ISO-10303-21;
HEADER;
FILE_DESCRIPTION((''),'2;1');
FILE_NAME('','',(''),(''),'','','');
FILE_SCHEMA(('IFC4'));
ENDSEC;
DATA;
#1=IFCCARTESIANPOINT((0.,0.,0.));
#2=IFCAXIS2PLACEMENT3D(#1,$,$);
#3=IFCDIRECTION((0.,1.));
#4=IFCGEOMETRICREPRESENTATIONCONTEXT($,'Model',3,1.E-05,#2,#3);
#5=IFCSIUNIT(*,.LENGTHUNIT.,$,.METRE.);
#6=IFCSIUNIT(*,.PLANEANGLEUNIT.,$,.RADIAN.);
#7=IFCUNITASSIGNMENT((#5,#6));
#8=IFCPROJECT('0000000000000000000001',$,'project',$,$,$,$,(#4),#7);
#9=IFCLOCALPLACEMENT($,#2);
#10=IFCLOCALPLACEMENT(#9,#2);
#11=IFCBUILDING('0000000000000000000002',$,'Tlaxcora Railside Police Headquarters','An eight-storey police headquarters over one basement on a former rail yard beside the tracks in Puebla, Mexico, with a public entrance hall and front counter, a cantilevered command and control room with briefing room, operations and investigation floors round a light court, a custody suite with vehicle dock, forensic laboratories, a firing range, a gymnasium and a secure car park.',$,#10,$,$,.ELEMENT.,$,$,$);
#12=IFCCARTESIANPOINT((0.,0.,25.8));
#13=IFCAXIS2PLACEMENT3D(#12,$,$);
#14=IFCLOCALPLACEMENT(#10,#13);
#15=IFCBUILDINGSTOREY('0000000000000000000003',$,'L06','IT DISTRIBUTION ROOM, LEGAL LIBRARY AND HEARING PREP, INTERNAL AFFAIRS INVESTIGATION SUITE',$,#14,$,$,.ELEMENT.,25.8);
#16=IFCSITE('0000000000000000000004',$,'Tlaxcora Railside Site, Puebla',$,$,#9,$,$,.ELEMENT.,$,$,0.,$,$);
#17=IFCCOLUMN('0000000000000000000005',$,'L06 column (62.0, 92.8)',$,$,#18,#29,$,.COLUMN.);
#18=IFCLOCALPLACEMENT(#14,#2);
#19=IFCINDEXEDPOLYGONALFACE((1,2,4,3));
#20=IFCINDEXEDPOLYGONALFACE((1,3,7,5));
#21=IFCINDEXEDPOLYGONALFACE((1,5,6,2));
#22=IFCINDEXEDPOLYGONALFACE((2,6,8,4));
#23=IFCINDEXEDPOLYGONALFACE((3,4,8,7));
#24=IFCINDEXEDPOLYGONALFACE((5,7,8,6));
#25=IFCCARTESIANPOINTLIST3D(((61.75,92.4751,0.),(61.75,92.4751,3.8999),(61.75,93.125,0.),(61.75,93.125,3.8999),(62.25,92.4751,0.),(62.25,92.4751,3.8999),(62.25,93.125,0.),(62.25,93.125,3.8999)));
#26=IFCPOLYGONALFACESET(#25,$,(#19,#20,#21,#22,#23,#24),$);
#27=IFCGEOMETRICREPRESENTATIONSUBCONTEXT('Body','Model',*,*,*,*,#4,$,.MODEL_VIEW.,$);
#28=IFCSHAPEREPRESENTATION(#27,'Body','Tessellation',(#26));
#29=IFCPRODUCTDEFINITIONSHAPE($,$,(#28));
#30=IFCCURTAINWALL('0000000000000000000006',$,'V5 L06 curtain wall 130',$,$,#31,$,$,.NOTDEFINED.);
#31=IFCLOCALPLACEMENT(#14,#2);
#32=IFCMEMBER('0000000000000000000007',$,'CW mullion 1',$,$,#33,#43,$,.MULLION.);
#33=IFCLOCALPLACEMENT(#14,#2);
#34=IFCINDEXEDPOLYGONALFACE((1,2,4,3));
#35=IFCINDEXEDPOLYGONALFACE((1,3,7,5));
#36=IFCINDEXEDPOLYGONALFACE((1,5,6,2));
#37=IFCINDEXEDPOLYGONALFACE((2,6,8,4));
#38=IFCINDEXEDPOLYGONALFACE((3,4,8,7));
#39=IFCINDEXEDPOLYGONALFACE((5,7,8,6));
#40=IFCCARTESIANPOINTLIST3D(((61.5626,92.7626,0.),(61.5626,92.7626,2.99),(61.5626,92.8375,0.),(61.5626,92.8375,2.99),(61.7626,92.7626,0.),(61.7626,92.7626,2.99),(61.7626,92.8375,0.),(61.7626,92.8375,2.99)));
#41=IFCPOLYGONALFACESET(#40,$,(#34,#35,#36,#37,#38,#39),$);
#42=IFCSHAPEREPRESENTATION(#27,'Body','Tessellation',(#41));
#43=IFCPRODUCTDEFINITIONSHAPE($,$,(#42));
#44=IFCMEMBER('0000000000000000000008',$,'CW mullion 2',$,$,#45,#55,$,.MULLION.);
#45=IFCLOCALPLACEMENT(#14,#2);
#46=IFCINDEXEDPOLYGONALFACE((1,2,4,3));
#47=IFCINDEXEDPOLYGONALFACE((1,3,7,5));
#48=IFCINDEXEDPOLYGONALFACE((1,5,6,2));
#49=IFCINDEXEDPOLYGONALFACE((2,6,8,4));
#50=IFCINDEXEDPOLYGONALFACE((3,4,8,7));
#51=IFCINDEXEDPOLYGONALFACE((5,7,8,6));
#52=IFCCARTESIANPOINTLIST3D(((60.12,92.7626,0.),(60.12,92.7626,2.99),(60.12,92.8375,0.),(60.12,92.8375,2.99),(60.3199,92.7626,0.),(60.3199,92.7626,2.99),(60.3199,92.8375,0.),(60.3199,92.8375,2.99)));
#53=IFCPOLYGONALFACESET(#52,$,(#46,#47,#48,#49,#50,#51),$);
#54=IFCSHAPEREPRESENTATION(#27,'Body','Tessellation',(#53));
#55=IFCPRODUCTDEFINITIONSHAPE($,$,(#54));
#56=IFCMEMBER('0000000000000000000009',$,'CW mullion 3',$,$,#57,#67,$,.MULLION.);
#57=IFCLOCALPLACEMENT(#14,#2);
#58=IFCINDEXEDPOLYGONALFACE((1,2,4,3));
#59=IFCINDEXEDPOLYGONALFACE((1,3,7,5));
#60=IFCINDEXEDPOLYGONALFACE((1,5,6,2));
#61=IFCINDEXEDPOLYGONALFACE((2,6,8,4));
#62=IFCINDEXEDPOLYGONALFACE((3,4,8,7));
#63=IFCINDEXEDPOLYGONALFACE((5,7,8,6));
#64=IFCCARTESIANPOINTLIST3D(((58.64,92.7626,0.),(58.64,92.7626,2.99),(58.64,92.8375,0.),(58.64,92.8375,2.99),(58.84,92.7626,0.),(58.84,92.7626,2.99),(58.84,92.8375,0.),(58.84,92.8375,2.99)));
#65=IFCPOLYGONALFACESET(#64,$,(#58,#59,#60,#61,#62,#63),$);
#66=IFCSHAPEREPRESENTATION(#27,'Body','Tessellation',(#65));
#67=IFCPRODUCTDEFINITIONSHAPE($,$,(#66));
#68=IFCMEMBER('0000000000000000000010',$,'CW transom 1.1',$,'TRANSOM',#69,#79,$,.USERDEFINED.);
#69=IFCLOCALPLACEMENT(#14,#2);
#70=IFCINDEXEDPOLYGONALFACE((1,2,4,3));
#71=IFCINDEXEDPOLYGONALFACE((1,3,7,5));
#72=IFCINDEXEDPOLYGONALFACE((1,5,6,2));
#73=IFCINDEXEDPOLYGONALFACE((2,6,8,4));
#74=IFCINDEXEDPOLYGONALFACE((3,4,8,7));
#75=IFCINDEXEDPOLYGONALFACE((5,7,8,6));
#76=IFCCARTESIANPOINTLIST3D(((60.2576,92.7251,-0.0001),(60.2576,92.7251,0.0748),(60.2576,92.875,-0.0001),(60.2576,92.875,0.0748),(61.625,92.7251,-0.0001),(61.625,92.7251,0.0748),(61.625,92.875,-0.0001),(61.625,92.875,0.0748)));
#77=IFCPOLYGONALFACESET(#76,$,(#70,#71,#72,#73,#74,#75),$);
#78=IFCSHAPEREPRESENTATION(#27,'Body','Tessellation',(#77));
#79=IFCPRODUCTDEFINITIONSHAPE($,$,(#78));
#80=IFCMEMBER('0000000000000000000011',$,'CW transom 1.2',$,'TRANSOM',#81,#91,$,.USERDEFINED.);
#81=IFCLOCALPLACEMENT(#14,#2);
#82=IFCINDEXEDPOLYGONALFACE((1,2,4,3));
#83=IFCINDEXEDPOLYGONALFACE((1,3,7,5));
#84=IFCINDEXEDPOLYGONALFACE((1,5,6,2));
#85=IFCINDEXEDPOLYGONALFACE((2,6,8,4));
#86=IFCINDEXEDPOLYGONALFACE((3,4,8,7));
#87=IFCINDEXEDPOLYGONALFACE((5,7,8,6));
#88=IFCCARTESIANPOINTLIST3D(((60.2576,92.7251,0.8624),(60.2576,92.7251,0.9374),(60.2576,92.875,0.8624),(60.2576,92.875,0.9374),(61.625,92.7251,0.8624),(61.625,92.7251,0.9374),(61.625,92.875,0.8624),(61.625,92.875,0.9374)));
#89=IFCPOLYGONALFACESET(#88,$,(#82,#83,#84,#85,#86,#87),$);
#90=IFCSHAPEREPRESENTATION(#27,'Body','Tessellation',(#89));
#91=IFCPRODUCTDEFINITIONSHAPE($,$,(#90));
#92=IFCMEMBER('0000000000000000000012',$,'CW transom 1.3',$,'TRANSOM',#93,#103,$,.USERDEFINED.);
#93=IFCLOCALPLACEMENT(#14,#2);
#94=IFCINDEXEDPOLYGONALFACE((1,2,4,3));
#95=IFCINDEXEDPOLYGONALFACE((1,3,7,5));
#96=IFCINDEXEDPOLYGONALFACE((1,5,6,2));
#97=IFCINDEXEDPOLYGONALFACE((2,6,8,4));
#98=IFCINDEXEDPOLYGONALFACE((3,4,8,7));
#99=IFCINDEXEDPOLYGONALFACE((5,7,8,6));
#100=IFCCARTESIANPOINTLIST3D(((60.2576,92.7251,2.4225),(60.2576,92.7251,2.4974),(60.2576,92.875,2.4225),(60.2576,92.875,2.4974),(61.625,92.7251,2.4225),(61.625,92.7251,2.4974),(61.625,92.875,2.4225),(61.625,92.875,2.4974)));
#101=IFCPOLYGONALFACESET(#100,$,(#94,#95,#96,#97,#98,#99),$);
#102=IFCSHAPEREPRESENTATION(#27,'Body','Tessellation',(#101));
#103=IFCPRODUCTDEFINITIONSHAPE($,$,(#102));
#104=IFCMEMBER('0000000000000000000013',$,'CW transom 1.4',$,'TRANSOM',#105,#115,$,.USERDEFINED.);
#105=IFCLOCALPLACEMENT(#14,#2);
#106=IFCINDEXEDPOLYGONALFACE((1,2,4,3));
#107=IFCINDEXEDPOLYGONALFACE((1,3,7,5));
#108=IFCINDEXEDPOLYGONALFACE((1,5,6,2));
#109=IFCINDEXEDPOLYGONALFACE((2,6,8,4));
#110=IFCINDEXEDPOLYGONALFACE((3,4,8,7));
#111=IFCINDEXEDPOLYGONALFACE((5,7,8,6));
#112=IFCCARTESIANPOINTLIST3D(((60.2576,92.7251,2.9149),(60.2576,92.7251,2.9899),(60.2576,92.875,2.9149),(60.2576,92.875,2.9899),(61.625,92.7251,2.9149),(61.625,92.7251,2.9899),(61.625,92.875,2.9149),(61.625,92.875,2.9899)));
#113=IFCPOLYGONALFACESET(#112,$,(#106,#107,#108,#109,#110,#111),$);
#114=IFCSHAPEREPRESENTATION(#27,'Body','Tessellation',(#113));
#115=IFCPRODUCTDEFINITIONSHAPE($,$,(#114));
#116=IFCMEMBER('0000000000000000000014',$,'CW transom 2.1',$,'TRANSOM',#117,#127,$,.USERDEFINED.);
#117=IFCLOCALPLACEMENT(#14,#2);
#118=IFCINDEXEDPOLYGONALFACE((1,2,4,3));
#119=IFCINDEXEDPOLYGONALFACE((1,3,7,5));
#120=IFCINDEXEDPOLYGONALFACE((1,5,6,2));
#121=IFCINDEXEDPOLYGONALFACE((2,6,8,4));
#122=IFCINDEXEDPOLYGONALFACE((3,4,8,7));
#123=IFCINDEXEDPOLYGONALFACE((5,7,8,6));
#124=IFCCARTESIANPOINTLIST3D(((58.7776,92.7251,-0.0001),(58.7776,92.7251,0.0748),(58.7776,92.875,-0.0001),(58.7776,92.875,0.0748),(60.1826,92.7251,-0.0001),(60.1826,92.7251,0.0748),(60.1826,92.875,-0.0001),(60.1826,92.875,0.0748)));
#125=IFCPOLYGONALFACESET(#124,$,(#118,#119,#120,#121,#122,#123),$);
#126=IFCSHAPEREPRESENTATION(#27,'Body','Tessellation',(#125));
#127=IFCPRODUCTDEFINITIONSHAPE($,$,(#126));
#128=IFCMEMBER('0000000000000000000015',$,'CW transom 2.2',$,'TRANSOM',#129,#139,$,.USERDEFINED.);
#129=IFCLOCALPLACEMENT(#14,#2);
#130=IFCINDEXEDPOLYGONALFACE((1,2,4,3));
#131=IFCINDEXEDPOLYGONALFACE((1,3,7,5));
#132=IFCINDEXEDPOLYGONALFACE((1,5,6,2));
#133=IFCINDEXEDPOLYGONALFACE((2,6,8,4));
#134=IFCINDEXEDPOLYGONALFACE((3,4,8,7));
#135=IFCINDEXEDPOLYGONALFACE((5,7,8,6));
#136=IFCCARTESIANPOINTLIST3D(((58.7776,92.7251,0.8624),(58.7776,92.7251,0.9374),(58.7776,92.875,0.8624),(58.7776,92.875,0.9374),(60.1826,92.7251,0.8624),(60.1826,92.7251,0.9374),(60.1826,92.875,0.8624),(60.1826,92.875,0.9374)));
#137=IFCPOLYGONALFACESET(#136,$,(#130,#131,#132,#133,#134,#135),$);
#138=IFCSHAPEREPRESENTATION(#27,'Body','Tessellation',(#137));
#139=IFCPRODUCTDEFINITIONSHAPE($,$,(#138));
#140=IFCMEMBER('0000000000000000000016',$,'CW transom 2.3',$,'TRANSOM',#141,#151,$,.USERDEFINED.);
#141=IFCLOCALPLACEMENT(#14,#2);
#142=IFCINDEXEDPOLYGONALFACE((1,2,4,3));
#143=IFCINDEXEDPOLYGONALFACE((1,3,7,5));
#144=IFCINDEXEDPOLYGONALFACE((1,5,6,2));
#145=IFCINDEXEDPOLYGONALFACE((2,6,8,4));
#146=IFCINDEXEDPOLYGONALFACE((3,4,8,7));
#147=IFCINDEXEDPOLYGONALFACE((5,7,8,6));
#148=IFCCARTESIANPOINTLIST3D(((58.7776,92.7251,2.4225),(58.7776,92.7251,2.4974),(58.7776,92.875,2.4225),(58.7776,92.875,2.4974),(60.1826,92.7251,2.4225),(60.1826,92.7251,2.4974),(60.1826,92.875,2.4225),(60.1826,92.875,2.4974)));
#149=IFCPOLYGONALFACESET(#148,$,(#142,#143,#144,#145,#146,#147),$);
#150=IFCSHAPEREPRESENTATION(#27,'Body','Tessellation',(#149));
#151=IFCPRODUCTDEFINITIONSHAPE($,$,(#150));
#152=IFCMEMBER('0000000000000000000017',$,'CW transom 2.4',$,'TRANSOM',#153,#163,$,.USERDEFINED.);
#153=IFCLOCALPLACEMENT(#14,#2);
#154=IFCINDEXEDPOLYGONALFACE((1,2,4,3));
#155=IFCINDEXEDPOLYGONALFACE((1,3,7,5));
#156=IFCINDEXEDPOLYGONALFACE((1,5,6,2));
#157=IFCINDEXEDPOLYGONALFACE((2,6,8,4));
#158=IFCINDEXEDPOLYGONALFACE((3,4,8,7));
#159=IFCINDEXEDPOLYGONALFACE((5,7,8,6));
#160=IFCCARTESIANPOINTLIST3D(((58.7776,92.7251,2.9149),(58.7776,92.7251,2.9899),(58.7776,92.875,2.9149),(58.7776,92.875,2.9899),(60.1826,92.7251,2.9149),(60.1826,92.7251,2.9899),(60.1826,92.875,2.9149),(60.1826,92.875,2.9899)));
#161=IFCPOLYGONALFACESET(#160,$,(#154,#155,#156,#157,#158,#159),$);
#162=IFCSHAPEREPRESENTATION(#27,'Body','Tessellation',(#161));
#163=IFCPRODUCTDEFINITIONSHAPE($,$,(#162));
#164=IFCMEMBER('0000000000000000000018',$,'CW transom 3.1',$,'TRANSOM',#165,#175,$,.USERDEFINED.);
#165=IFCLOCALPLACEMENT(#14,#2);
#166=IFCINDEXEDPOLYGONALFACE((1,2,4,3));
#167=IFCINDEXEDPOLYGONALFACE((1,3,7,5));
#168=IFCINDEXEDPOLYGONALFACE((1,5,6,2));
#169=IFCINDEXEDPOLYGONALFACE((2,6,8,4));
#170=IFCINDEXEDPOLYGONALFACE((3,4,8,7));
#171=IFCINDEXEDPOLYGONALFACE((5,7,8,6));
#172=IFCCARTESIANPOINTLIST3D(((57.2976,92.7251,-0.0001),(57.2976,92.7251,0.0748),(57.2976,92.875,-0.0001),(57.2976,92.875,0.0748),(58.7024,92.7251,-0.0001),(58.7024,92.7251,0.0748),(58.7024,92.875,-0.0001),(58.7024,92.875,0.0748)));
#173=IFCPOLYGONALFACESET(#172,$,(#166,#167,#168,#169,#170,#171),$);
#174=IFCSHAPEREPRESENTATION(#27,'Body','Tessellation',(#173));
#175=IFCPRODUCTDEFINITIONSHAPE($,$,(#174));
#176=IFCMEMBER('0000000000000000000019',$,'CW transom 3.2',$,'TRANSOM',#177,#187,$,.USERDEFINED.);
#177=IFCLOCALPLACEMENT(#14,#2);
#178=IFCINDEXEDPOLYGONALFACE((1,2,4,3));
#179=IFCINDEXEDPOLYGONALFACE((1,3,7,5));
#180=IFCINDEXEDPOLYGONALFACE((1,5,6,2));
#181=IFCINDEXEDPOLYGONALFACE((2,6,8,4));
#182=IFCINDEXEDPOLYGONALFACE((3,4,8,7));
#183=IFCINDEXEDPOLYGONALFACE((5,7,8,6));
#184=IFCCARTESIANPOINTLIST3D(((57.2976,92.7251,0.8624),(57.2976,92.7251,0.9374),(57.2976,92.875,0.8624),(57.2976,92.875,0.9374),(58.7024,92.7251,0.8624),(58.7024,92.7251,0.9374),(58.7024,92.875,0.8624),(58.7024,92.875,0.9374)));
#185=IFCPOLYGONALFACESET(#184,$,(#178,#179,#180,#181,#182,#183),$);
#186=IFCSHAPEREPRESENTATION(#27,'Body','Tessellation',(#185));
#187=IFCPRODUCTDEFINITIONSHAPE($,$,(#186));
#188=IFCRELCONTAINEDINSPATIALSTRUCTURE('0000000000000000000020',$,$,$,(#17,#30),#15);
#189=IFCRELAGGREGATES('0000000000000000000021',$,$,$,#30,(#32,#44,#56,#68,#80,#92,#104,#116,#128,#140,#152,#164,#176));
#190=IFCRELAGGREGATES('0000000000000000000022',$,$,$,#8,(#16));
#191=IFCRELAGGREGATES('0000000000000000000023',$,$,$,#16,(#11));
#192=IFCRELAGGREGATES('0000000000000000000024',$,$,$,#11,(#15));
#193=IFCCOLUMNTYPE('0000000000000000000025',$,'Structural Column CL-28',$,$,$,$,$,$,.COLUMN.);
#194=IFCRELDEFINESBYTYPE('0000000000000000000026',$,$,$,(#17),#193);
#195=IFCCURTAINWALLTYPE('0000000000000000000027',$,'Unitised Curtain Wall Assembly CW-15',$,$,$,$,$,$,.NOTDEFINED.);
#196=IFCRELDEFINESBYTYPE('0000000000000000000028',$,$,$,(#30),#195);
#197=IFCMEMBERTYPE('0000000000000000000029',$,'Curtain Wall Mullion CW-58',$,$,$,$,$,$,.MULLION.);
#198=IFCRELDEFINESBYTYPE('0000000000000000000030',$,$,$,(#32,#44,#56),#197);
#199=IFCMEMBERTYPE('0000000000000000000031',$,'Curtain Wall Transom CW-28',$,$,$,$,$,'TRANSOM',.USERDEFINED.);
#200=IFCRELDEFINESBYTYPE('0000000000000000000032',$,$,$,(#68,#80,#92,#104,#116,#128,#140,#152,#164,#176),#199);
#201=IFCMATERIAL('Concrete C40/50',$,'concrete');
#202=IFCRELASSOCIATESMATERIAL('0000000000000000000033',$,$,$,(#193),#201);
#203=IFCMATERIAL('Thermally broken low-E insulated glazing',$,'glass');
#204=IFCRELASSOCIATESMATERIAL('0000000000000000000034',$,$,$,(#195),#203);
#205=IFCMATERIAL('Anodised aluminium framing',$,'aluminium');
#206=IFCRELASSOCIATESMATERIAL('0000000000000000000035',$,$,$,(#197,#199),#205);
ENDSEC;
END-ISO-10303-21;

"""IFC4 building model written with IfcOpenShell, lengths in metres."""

from ifc_helpers import new_model, si_unit, direction, frame, origin, origin_2d, place, context, subcontext, project, spatial, rectangle, extrude, material, material_profile, profile_set, type_object, element, aggregate, save


model = new_model("IFC4")

# Units and contexts
model_context = context("Model", 3, precision=1e-05, world=origin(), true_north=direction((0.0, 1.0)))
body_context = subcontext(model_context, "Body", "Model", "MODEL_VIEW")
ifc_project = project(units=[si_unit("LENGTHUNIT", "METRE"), si_unit("PLANEANGLEUNIT", "RADIAN")], contexts=[model_context])

# Site, building, storey
site_placement = place(None, origin())
site = spatial("IfcSite", under=ifc_project, at=site_placement, Name="Tlaxcora Railside Site, Puebla", CompositionType="ELEMENT", RefElevation=0.0)
building_placement = place(site_placement, origin())
building = spatial("IfcBuilding", under=site, at=building_placement, Name="Tlaxcora Railside Police Headquarters", Description="An eight-storey police headquarters over one basement on a former rail yard beside the tracks in Puebla, Mexico, with a public entrance hall and front counter, a cantilevered command and control room with briefing room, operations and investigation floors round a light court, a custody suite with vehicle dock, forensic laboratories, a firing range, a gymnasium and a secure car park.", CompositionType="ELEMENT")
storey_placement = place(building_placement, frame((0.0, 0.0, 25.8)))
storey = spatial("IfcBuildingStorey", under=building, at=storey_placement, Name="L06", Description="IT DISTRIBUTION ROOM, LEGAL LIBRARY AND HEARING PREP, INTERNAL AFFAIRS INVESTIGATION SUITE", CompositionType="ELEMENT", Elevation=25.8)

# Column
ifc_material_1 = material(Name="Concrete C40/50", Category="concrete")
ifc_material_profile_1 = material_profile(ifc_material_1, rectangle(XDim=0.5, YDim=0.6499, at=origin_2d()), Name="RC500X650")
ifc_profile_set_1 = profile_set([ifc_material_profile_1], Name="Concrete C40/50")
column_type = type_object("IfcColumnType", Name="Structural Column CL-28", PredefinedType="COLUMN", material=ifc_profile_set_1)
column_placement = place(storey_placement, frame((62.0, 92.8, 0.0), z_axis=(0.0, 0.0, 1.0), x_axis=(1.0, 0.0, 0.0)))
element("IfcColumn", 1, at=column_placement, inside=storey, type_object=column_type, Name="L06 column (62.0, 92.8)", PredefinedType="COLUMN", context=body_context, shape_type="SweptSolid", body=[
    extrude(rectangle(XDim=0.5, YDim=0.6499, at=origin_2d()), origin(), (0.0, 0.0, 1.0), 3.8999),
])

# Curtain wall, members
ifc_material_2 = material(Name="Thermally broken low-E insulated glazing", Category="glass")
curtain_wall_type = type_object("IfcCurtainWallType", Name="Unitised Curtain Wall Assembly CW-15", PredefinedType="NOTDEFINED", material=ifc_material_2)
curtain_wall_placement = place(storey_placement, origin())
curtain_wall = element("IfcCurtainWall", 2, at=curtain_wall_placement, inside=storey, type_object=curtain_wall_type, Name="V5 L06 curtain wall 130", PredefinedType="NOTDEFINED")
ifc_material_3 = material(Name="Anodised aluminium framing", Category="aluminium")
ifc_material_profile_2 = material_profile(ifc_material_3, rectangle(XDim=0.075, YDim=0.2, at=origin_2d()), Name="AL75X200")
ifc_profile_set_2 = profile_set([ifc_material_profile_2], Name="Anodised aluminium framing")
member_type_1 = type_object("IfcMemberType", Name="Curtain Wall Mullion CW-58", PredefinedType="MULLION", material=ifc_profile_set_2)
member_1_placement = place(storey_placement, frame((61.6626, 92.8, 0.0), z_axis=(0.0, 0.0, 1.0), x_axis=(0.0, -1.0, 0.0)))
member_1 = element("IfcMember", 3, at=member_1_placement, type_object=member_type_1, Name="CW mullion 1", PredefinedType="MULLION", context=body_context, shape_type="SweptSolid", body=[
    extrude(rectangle(XDim=0.075, YDim=0.2, at=origin_2d()), origin(), (0.0, 0.0, 1.0), 2.99),
])
member_2_placement = place(storey_placement, frame((60.22, 92.8, 0.0), z_axis=(0.0, 0.0, 1.0), x_axis=(0.0, -1.0, 0.0)))
member_2 = element("IfcMember", 4, at=member_2_placement, type_object=member_type_1, Name="CW mullion 2", PredefinedType="MULLION", context=body_context, shape_type="SweptSolid", body=[
    extrude(rectangle(XDim=0.075, YDim=0.2, at=origin_2d()), origin(), (0.0, 0.0, 1.0), 2.99),
])
member_3_placement = place(storey_placement, frame((58.74, 92.8, 0.0), z_axis=(0.0, 0.0, 1.0), x_axis=(0.0, -1.0, 0.0)))
member_3 = element("IfcMember", 5, at=member_3_placement, type_object=member_type_1, Name="CW mullion 3", PredefinedType="MULLION", context=body_context, shape_type="SweptSolid", body=[
    extrude(rectangle(XDim=0.075, YDim=0.2, at=origin_2d()), origin(), (0.0, 0.0, 1.0), 2.99),
])
ifc_material_profile_3 = material_profile(ifc_material_3, rectangle(XDim=0.1499, YDim=0.075, at=origin_2d()), Name="AL75X150")
ifc_profile_set_3 = profile_set([ifc_material_profile_3], Name="Anodised aluminium framing")
member_type_2 = type_object("IfcMemberType", Name="Curtain Wall Transom CW-28", ElementType="TRANSOM", PredefinedType="USERDEFINED", material=ifc_profile_set_3)
member_4_placement = place(storey_placement, frame((61.625, 92.8, 0.0374), z_axis=(-1.0, 0.0, 0.0), x_axis=(0.0, -1.0, 0.0)))
member_4 = element("IfcMember", 6, at=member_4_placement, type_object=member_type_2, Name="CW transom 1.1", ObjectType="TRANSOM", PredefinedType="USERDEFINED", context=body_context, shape_type="SweptSolid", body=[
    extrude(rectangle(XDim=0.1499, YDim=0.075, at=origin_2d()), origin(), (0.0, 0.0, 1.0), 1.3674),
])
member_5_placement = place(storey_placement, frame((61.625, 92.8, 0.8999), z_axis=(-1.0, 0.0, 0.0), x_axis=(0.0, -1.0, 0.0)))
member_5 = element("IfcMember", 7, at=member_5_placement, type_object=member_type_2, Name="CW transom 1.2", ObjectType="TRANSOM", PredefinedType="USERDEFINED", context=body_context, shape_type="SweptSolid", body=[
    extrude(rectangle(XDim=0.1499, YDim=0.075, at=origin_2d()), origin(), (0.0, 0.0, 1.0), 1.3674),
])
member_6_placement = place(storey_placement, frame((61.625, 92.8, 2.46), z_axis=(-1.0, 0.0, 0.0), x_axis=(0.0, -1.0, 0.0)))
member_6 = element("IfcMember", 8, at=member_6_placement, type_object=member_type_2, Name="CW transom 1.3", ObjectType="TRANSOM", PredefinedType="USERDEFINED", context=body_context, shape_type="SweptSolid", body=[
    extrude(rectangle(XDim=0.1499, YDim=0.075, at=origin_2d()), origin(), (0.0, 0.0, 1.0), 1.3674),
])
member_7_placement = place(storey_placement, frame((61.625, 92.8, 2.9524), z_axis=(-1.0, 0.0, 0.0), x_axis=(0.0, -1.0, 0.0)))
member_7 = element("IfcMember", 9, at=member_7_placement, type_object=member_type_2, Name="CW transom 1.4", ObjectType="TRANSOM", PredefinedType="USERDEFINED", context=body_context, shape_type="SweptSolid", body=[
    extrude(rectangle(XDim=0.1499, YDim=0.075, at=origin_2d()), origin(), (0.0, 0.0, 1.0), 1.3674),
])
member_8_placement = place(storey_placement, frame((60.1826, 92.8, 0.0374), z_axis=(-1.0, 0.0, 0.0), x_axis=(0.0, -1.0, 0.0)))
member_8 = element("IfcMember", 10, at=member_8_placement, type_object=member_type_2, Name="CW transom 2.1", ObjectType="TRANSOM", PredefinedType="USERDEFINED", context=body_context, shape_type="SweptSolid", body=[
    extrude(rectangle(XDim=0.1499, YDim=0.075, at=origin_2d()), origin(), (0.0, 0.0, 1.0), 1.405),
])
member_9_placement = place(storey_placement, frame((60.1826, 92.8, 0.8999), z_axis=(-1.0, 0.0, 0.0), x_axis=(0.0, -1.0, 0.0)))
member_9 = element("IfcMember", 11, at=member_9_placement, type_object=member_type_2, Name="CW transom 2.2", ObjectType="TRANSOM", PredefinedType="USERDEFINED", context=body_context, shape_type="SweptSolid", body=[
    extrude(rectangle(XDim=0.1499, YDim=0.075, at=origin_2d()), origin(), (0.0, 0.0, 1.0), 1.405),
])
member_10_placement = place(storey_placement, frame((60.1826, 92.8, 2.46), z_axis=(-1.0, 0.0, 0.0), x_axis=(0.0, -1.0, 0.0)))
member_10 = element("IfcMember", 12, at=member_10_placement, type_object=member_type_2, Name="CW transom 2.3", ObjectType="TRANSOM", PredefinedType="USERDEFINED", context=body_context, shape_type="SweptSolid", body=[
    extrude(rectangle(XDim=0.1499, YDim=0.075, at=origin_2d()), origin(), (0.0, 0.0, 1.0), 1.405),
])
member_11_placement = place(storey_placement, frame((60.1826, 92.8, 2.9524), z_axis=(-1.0, 0.0, 0.0), x_axis=(0.0, -1.0, 0.0)))
member_11 = element("IfcMember", 13, at=member_11_placement, type_object=member_type_2, Name="CW transom 2.4", ObjectType="TRANSOM", PredefinedType="USERDEFINED", context=body_context, shape_type="SweptSolid", body=[
    extrude(rectangle(XDim=0.1499, YDim=0.075, at=origin_2d()), origin(), (0.0, 0.0, 1.0), 1.405),
])
member_12_placement = place(storey_placement, frame((58.7024, 92.8, 0.0374), z_axis=(-1.0, 0.0, 0.0), x_axis=(0.0, -1.0, 0.0)))
member_12 = element("IfcMember", 14, at=member_12_placement, type_object=member_type_2, Name="CW transom 3.1", ObjectType="TRANSOM", PredefinedType="USERDEFINED", context=body_context, shape_type="SweptSolid", body=[
    extrude(rectangle(XDim=0.1499, YDim=0.075, at=origin_2d()), origin(), (0.0, 0.0, 1.0), 1.4048),
])
member_13_placement = place(storey_placement, frame((58.7024, 92.8, 0.8999), z_axis=(-1.0, 0.0, 0.0), x_axis=(0.0, -1.0, 0.0)))
member_13 = element("IfcMember", 15, at=member_13_placement, type_object=member_type_2, Name="CW transom 3.2", ObjectType="TRANSOM", PredefinedType="USERDEFINED", context=body_context, shape_type="SweptSolid", body=[
    extrude(rectangle(XDim=0.1499, YDim=0.075, at=origin_2d()), origin(), (0.0, 0.0, 1.0), 1.4048),
])

aggregate(curtain_wall, [member_1, member_2, member_3, member_4, member_5, member_6, member_7, member_8, member_9, member_10, member_11, member_12, member_13])

save(model, "model.ifc")
